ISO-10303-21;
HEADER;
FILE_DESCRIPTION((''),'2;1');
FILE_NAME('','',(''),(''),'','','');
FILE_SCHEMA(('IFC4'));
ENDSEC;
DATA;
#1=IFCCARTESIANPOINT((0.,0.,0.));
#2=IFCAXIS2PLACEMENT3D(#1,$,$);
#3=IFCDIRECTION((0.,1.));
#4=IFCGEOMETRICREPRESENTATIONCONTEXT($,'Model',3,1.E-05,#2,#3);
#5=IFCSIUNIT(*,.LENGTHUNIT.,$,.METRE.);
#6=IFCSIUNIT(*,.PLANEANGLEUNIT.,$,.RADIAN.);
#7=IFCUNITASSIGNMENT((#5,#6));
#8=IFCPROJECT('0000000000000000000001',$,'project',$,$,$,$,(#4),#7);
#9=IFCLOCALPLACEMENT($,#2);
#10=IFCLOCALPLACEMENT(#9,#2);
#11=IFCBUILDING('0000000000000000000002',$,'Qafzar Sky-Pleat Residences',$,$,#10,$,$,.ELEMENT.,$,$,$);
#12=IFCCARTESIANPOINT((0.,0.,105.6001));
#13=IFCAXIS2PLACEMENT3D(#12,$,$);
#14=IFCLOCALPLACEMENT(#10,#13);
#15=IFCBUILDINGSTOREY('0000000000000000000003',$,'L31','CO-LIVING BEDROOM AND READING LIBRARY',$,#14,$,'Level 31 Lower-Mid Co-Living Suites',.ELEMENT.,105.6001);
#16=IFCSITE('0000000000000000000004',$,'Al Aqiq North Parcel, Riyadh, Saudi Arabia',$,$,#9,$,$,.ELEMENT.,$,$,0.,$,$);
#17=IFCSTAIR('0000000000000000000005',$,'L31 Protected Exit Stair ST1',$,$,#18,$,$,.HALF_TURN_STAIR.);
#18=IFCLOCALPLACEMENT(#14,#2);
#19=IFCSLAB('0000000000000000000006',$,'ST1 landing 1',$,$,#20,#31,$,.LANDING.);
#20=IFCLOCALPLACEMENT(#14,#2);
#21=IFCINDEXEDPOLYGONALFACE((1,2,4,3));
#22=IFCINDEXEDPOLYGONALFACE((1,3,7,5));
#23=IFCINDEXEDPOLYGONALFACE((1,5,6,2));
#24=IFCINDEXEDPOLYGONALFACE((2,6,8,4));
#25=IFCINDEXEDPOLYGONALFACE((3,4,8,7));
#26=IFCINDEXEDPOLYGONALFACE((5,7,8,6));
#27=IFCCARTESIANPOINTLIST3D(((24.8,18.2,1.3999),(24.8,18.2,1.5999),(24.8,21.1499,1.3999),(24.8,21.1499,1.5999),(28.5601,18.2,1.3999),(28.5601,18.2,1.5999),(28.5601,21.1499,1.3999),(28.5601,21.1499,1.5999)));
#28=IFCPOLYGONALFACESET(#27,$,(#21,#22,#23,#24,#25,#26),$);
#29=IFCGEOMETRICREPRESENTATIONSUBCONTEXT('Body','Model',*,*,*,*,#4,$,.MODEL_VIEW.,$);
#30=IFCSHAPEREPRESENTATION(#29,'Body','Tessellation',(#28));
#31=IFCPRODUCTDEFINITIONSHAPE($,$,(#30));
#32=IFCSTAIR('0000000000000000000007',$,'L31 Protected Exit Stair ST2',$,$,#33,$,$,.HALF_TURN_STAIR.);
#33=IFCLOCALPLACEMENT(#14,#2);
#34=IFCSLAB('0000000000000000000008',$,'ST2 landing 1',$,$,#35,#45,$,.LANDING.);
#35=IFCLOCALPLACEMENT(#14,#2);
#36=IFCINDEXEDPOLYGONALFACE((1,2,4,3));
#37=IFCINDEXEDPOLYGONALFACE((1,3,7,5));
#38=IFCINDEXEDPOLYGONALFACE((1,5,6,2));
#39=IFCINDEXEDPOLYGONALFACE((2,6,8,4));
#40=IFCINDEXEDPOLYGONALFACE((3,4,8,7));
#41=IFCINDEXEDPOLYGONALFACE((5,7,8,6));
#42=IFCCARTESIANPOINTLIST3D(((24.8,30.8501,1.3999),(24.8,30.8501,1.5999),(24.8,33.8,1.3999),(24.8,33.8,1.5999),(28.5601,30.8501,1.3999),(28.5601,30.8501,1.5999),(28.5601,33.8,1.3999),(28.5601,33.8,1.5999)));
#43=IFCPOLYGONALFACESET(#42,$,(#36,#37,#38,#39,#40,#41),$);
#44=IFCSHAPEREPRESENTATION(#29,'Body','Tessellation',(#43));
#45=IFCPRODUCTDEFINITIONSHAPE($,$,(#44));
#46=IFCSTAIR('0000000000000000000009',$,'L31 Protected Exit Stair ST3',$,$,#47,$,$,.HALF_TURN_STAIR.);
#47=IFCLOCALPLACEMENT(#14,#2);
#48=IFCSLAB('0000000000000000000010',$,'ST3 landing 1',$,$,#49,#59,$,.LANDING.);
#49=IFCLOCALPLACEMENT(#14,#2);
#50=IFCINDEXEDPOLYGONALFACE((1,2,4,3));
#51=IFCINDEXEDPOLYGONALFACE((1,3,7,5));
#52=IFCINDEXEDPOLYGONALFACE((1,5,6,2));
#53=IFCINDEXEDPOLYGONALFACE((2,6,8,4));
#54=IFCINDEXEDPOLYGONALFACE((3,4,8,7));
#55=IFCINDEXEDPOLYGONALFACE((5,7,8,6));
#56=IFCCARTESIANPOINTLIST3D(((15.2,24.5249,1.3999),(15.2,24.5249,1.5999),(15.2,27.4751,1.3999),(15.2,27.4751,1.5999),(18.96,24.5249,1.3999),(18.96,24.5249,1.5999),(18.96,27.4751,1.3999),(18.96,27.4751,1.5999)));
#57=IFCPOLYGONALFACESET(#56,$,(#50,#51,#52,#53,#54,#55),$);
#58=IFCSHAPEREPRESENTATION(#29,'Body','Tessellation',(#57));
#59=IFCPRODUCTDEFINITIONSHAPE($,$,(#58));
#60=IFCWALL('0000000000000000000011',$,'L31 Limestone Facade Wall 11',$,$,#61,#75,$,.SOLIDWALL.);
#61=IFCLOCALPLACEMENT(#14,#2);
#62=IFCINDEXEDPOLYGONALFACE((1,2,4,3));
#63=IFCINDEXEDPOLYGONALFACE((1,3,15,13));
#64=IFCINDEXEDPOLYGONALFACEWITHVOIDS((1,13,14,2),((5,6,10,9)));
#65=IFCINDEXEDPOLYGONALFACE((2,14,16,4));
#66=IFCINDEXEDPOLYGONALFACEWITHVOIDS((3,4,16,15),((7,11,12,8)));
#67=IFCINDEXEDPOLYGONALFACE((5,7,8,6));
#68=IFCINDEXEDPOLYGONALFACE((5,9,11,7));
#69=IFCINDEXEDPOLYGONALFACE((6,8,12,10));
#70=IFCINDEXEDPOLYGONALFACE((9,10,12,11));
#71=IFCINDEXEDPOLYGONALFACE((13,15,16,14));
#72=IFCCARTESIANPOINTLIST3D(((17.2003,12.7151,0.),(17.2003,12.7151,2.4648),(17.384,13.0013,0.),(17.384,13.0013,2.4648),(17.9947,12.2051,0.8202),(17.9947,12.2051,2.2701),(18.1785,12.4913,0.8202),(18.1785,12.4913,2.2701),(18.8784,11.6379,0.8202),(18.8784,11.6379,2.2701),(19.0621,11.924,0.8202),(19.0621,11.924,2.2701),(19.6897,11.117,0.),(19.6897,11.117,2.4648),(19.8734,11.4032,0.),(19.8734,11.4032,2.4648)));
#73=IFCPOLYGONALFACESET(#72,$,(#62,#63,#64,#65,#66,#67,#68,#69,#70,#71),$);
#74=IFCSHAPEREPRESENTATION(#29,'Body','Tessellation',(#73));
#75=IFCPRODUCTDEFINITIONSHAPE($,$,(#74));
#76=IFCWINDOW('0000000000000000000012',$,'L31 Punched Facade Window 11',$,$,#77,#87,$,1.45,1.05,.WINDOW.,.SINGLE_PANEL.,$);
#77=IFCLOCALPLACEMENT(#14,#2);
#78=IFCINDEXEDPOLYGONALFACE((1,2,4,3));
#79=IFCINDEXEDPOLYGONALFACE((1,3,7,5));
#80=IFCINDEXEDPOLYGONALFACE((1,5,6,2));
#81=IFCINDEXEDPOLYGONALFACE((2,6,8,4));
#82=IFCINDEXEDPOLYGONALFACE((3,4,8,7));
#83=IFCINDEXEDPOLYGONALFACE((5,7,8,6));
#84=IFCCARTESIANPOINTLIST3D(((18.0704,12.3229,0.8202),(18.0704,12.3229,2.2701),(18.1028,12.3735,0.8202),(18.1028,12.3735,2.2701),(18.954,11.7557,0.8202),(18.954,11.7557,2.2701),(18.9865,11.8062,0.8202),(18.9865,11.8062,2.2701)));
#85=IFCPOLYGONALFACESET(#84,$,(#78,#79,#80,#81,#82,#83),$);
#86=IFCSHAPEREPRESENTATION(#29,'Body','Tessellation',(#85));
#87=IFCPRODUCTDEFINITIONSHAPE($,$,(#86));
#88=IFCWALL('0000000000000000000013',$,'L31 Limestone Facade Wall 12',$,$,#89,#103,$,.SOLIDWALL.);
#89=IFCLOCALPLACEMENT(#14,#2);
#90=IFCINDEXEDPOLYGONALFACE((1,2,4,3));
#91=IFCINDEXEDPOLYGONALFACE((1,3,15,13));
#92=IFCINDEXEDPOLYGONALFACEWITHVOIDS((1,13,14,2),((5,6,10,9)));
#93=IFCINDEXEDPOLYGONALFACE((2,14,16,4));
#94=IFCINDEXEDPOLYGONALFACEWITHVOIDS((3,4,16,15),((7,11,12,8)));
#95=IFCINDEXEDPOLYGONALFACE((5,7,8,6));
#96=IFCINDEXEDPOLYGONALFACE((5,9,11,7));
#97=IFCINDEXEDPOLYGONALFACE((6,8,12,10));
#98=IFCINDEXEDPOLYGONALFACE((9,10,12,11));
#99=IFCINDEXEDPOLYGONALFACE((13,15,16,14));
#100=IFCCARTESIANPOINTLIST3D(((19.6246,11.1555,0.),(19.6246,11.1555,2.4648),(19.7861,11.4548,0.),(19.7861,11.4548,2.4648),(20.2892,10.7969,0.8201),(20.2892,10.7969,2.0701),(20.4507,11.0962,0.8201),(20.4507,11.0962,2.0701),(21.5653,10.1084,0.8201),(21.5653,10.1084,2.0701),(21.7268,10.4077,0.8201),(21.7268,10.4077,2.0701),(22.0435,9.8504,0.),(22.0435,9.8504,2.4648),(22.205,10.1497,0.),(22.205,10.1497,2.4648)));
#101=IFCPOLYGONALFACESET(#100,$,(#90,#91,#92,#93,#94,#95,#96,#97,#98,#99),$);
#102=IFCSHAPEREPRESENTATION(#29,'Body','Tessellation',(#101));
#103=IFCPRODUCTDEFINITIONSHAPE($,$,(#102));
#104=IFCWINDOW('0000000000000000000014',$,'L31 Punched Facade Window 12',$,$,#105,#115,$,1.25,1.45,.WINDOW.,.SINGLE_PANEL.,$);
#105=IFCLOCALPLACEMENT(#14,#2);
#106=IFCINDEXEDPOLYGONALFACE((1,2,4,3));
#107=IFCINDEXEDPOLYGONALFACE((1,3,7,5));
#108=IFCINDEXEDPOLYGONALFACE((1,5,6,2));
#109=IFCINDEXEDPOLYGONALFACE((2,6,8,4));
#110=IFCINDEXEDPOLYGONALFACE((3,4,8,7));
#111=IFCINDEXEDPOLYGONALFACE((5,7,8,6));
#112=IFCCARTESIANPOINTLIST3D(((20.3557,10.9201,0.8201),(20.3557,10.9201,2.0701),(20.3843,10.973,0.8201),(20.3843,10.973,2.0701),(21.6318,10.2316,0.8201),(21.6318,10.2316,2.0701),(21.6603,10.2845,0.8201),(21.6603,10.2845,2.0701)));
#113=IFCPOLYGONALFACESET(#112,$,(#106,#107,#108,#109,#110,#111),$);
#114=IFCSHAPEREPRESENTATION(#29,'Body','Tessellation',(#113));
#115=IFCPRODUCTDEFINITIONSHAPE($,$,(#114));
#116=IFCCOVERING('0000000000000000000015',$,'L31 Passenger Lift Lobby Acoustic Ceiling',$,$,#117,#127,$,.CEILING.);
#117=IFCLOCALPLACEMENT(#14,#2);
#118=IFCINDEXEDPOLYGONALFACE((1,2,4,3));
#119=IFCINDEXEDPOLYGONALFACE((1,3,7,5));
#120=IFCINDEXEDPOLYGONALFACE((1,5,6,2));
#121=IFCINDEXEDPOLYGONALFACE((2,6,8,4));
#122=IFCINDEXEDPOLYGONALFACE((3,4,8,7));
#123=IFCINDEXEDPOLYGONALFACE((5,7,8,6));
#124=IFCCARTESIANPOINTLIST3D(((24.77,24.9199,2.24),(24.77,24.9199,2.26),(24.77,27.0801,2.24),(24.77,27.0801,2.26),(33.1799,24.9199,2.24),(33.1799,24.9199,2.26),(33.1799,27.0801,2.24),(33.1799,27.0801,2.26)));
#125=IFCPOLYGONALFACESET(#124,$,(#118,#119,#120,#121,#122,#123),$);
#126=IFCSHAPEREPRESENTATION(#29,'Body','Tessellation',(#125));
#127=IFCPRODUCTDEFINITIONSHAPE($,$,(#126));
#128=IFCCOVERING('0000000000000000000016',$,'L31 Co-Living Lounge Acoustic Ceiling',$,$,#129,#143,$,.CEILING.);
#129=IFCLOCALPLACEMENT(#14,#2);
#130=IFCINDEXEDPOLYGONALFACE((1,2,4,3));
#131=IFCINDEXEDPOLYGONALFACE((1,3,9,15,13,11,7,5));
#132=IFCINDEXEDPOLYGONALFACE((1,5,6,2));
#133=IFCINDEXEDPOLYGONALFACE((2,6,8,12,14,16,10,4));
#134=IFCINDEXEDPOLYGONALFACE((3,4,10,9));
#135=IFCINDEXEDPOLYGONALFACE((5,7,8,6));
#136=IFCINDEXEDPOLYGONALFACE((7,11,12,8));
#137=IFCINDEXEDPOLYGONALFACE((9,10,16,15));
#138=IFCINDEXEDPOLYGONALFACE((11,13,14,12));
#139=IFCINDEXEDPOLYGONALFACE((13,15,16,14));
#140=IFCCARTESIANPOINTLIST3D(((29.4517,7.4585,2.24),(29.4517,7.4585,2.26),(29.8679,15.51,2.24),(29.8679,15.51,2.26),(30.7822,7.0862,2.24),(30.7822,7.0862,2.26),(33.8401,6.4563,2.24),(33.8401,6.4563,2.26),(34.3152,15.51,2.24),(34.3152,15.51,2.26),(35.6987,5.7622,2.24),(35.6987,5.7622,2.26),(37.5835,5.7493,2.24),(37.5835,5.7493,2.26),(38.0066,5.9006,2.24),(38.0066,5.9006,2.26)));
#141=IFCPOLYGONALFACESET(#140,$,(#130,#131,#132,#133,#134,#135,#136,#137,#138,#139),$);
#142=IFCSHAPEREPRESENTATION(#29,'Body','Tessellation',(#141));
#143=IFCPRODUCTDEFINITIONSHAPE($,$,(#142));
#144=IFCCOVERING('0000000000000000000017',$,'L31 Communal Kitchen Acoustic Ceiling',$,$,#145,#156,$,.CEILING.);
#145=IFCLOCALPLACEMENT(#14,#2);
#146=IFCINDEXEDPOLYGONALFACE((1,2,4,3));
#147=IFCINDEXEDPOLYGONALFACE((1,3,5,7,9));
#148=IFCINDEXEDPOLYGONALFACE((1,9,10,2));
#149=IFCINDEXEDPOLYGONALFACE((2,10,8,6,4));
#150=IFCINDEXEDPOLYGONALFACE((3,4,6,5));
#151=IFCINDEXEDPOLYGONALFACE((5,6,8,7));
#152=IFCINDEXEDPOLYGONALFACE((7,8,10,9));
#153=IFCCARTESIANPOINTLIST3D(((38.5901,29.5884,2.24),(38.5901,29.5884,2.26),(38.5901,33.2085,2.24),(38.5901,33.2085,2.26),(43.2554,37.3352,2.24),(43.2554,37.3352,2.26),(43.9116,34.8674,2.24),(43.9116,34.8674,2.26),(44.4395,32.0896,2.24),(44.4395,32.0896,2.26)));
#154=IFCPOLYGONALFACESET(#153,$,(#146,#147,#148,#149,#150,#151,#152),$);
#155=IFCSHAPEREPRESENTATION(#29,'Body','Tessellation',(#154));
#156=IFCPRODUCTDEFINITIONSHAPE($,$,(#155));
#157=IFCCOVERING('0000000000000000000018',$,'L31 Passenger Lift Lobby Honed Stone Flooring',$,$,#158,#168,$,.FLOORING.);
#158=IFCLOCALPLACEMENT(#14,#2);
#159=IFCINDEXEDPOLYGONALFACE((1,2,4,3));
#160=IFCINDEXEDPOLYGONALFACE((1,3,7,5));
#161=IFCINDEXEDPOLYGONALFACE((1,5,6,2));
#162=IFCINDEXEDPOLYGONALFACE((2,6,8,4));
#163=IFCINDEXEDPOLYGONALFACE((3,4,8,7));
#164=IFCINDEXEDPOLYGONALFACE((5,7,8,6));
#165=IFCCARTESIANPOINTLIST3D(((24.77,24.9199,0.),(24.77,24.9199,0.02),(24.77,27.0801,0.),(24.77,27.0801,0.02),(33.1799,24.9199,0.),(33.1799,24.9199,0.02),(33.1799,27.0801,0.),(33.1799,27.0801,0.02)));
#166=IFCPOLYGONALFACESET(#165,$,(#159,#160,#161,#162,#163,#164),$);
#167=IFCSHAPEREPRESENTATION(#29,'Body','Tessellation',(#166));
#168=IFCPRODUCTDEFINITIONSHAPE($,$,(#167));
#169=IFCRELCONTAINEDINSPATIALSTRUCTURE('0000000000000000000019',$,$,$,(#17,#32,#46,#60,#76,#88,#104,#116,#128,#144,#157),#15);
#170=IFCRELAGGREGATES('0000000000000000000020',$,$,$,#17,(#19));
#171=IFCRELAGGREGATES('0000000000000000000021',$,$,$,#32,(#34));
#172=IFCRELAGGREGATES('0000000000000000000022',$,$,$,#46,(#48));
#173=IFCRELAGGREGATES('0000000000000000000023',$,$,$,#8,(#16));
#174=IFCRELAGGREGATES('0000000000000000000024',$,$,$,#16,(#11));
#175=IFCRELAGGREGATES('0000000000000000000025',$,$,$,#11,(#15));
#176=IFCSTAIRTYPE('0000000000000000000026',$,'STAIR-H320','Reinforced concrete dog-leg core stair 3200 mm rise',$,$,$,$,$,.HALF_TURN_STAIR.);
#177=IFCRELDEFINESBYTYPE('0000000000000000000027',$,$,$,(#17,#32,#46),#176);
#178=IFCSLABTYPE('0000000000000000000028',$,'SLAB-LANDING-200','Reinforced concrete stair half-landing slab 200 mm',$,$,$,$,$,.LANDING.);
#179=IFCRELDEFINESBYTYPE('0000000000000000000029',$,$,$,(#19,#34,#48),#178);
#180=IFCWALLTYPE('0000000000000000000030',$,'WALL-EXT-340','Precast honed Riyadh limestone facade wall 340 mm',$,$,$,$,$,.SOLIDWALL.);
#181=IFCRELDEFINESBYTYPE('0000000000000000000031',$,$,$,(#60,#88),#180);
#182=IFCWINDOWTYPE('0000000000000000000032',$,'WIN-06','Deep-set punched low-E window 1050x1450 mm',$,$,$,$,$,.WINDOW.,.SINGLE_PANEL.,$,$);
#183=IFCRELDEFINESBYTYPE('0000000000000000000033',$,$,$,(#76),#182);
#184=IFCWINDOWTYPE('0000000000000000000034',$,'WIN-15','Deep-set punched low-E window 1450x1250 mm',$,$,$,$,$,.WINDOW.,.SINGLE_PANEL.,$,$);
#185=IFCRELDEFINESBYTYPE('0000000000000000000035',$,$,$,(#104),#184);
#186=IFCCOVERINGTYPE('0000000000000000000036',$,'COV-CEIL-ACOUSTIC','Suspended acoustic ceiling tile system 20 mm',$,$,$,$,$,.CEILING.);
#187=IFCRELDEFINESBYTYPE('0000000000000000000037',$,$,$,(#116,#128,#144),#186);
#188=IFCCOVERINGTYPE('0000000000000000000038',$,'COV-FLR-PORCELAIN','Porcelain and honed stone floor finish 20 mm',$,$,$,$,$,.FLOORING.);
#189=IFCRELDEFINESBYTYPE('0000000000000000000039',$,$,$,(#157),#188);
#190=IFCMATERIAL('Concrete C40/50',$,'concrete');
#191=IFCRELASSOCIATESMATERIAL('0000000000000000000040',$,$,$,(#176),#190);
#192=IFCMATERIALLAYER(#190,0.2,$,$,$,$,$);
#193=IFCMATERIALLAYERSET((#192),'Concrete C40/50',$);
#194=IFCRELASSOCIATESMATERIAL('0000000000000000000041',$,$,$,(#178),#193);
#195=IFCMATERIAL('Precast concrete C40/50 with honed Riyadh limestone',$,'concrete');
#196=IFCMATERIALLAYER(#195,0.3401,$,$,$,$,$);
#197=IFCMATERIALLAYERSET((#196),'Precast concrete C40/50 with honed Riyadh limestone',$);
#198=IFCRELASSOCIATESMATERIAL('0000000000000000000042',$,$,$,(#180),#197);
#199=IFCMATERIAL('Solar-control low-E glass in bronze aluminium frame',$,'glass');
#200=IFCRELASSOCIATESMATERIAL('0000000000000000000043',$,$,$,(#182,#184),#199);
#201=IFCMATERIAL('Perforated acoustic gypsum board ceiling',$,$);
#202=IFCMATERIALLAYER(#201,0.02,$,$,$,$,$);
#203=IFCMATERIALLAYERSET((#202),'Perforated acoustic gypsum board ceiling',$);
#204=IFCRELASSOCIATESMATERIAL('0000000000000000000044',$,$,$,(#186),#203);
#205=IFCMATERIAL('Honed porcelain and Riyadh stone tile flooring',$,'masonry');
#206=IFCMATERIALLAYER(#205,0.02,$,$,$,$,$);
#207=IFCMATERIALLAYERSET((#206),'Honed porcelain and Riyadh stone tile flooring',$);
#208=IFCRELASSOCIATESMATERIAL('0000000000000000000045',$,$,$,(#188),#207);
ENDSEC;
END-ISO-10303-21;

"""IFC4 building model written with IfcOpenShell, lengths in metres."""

from ifc_helpers import new_model, si_unit, direction, frame, frame_2d, origin, place, context, subcontext, project, spatial, polyline, rectangle, outline, extrude, source, transform, mapped, material, layer, layer_set, type_object, element, fill, aggregate, save


model = new_model("IFC4")

# Units and contexts
model_context = context("Model", 3, precision=1e-05, world=origin(), true_north=direction((0.0, 1.0)))
body_context = subcontext(model_context, "Body", "Model", "MODEL_VIEW")
ifc_project = project(units=[si_unit("LENGTHUNIT", "METRE"), si_unit("PLANEANGLEUNIT", "RADIAN")], contexts=[model_context])

# Site, building, storey
site_placement = place(None, origin())
site = spatial("IfcSite", under=ifc_project, at=site_placement, Name="Al Aqiq North Parcel, Riyadh, Saudi Arabia", CompositionType="ELEMENT", RefElevation=0.0)
building_placement = place(site_placement, origin())
building = spatial("IfcBuilding", under=site, at=building_placement, Name="Qafzar Sky-Pleat Residences", CompositionType="ELEMENT")
storey_placement = place(building_placement, frame((0.0, 0.0, 105.6001)))
storey = spatial("IfcBuildingStorey", under=building, at=storey_placement, Name="L31", Description="CO-LIVING BEDROOM AND READING LIBRARY", LongName="Level 31 Lower-Mid Co-Living Suites", CompositionType="ELEMENT", Elevation=105.6001)

# Shared definitions
ifc_material_1 = material(Name="Concrete C40/50", Category="concrete")

# Stairs, slabs
stair_type = type_object("IfcStairType", Name="STAIR-H320", Description="Reinforced concrete dog-leg core stair 3200 mm rise", PredefinedType="HALF_TURN_STAIR", material=ifc_material_1)
stair_1_placement = place(storey_placement, origin())
stair_1 = element("IfcStair", 1, at=stair_1_placement, inside=storey, type_object=stair_type, Name="L31 Protected Exit Stair ST1", PredefinedType="HALF_TURN_STAIR")
ifc_layer_1 = layer(ifc_material_1, 0.2)
ifc_layer_set_1 = layer_set([ifc_layer_1], Name="Concrete C40/50")
slab_type_1 = type_object("IfcSlabType", Name="SLAB-LANDING-200", Description="Reinforced concrete stair half-landing slab 200 mm", PredefinedType="LANDING", material=ifc_layer_set_1)
slab_1_placement = place(storey_placement, frame((0.0, 0.0, 1.3999)))
slab_1 = element("IfcSlab", 2, at=slab_1_placement, type_object=slab_type_1, Name="ST1 landing 1", PredefinedType="LANDING", context=body_context, shape_type="SweptSolid", body=[
    extrude(outline(polyline([(28.5601, 21.1499), (24.8, 21.1499), (24.8, 18.2), (28.5601, 18.2), (28.5601, 21.1499)])), origin(), (0.0, 0.0, 1.0), 0.2),
])
aggregate(stair_1, [slab_1])
stair_2_placement = place(storey_placement, origin())
stair_2 = element("IfcStair", 3, at=stair_2_placement, inside=storey, type_object=stair_type, Name="L31 Protected Exit Stair ST2", PredefinedType="HALF_TURN_STAIR")
slab_2_placement = place(storey_placement, frame((0.0, 0.0, 1.3999)))
slab_2 = element("IfcSlab", 4, at=slab_2_placement, type_object=slab_type_1, Name="ST2 landing 1", PredefinedType="LANDING", context=body_context, shape_type="SweptSolid", body=[
    extrude(outline(polyline([(28.5601, 33.8), (24.8, 33.8), (24.8, 30.8501), (28.5601, 30.8501), (28.5601, 33.8)])), origin(), (0.0, 0.0, 1.0), 0.2),
])
aggregate(stair_2, [slab_2])
stair_3_placement = place(storey_placement, origin())
stair_3 = element("IfcStair", 5, at=stair_3_placement, inside=storey, type_object=stair_type, Name="L31 Protected Exit Stair ST3", PredefinedType="HALF_TURN_STAIR")
slab_3_placement = place(storey_placement, frame((0.0, 0.0, 1.3999)))
slab_3 = element("IfcSlab", 6, at=slab_3_placement, type_object=slab_type_1, Name="ST3 landing 1", PredefinedType="LANDING", context=body_context, shape_type="SweptSolid", body=[
    extrude(outline(polyline([(18.96, 27.4751), (15.2, 27.4751), (15.2, 24.5249), (18.96, 24.5249), (18.96, 27.4751)])), origin(), (0.0, 0.0, 1.0), 0.2),
])
aggregate(stair_3, [slab_3])

# Walls, openings, windows
ifc_material_2 = material(Name="Precast concrete C40/50 with honed Riyadh limestone", Category="concrete")
ifc_layer_2 = layer(ifc_material_2, 0.3401)
ifc_layer_set_2 = layer_set([ifc_layer_2], Name="Precast concrete C40/50 with honed Riyadh limestone")
wall_type = type_object("IfcWallType", Name="WALL-EXT-340", Description="Precast honed Riyadh limestone facade wall 340 mm", PredefinedType="SOLIDWALL", material=ifc_layer_set_2)
wall_1_placement = place(storey_placement, frame((17.2922, 12.8582, 0.0), z_axis=(0.0, 0.0, 1.0), x_axis=(0.841524, -0.540219, 0.0)))
wall_1 = element("IfcWall", 7, at=wall_1_placement, inside=storey, type_object=wall_type, Name="L31 Limestone Facade Wall 11", PredefinedType="SOLIDWALL", context=body_context, shape_type="SweptSolid", body=[
    extrude(rectangle(XDim=2.9583, YDim=0.3401, at=frame_2d((1.479, 0.0))), origin(), (0.0, 0.0, 1.0), 2.4648),
])
opening_1_placement = place(wall_1_placement, frame((0.9441, 0.0, 0.8201)))
opening_1 = element("IfcOpeningElement", 8, at=opening_1_placement, cuts=wall_1, PredefinedType="OPENING", context=body_context, shape_type="SweptSolid", body=[
    extrude(rectangle(XDim=1.05, YDim=1.45, at=frame_2d((0.5249, 0.7251))), frame((0.0, 0.1802, 0.0), z_axis=(0.0, -1.0, 0.0), x_axis=(1.0, 0.0, 0.0)), (0.0, 0.0, 1.0), 0.3601),
])
ifc_material_3 = material(Name="Solar-control low-E glass in bronze aluminium frame", Category="glass")
window_type_1 = type_object("IfcWindowType", Name="WIN-06", Description="Deep-set punched low-E window 1050x1450 mm", PartitioningType="SINGLE_PANEL", PredefinedType="WINDOW", material=ifc_material_3)
shared_shape_1 = source(origin(), body_context, "Body", "SweptSolid", [
    extrude(rectangle(XDim=1.05, YDim=1.45, at=frame_2d((0.5249, 0.7251))), frame((0.0, 0.03, 0.0), z_axis=(0.0, -1.0, 0.0), x_axis=(1.0, 0.0, 0.0)), (0.0, 0.0, 1.0), 0.0601),
])
window_1_placement = place(opening_1_placement, origin())
window_1 = element("IfcWindow", 9, at=window_1_placement, inside=storey, type_object=window_type_1, Name="L31 Punched Facade Window 11", OverallHeight=1.45, OverallWidth=1.05, PartitioningType="SINGLE_PANEL", PredefinedType="WINDOW", context=body_context, shape_type="MappedRepresentation", body=[
    mapped(shared_shape_1, transform((0.0, 0.0, 0.0), x_axis=(1.0, 0.0, 0.0), y_axis=(0.0, 1.0, 0.0), z_axis=(0.0, 0.0, 1.0), scale=1.0)),
])
fill(opening_1, window_1)
wall_2_placement = place(storey_placement, frame((19.7053, 11.3052, 0.0), z_axis=(0.0, 0.0, 1.0), x_axis=(0.880066, -0.474852, 0.0)))
wall_2 = element("IfcWall", 10, at=wall_2_placement, inside=storey, type_object=wall_type, Name="L31 Limestone Facade Wall 12", PredefinedType="SOLIDWALL", context=body_context, shape_type="SweptSolid", body=[
    extrude(rectangle(XDim=2.7485, YDim=0.3401, at=frame_2d((1.3743, 0.0))), origin(), (0.0, 0.0, 1.0), 2.4648),
])
opening_2_placement = place(wall_2_placement, frame((0.7551, 0.0, 0.8201)))
opening_2 = element("IfcOpeningElement", 11, at=opening_2_placement, cuts=wall_2, PredefinedType="OPENING", context=body_context, shape_type="SweptSolid", body=[
    extrude(rectangle(XDim=1.45, YDim=1.25, at=frame_2d((0.7251, 0.625))), frame((0.0, 0.1802, 0.0), z_axis=(0.0, -1.0, 0.0), x_axis=(1.0, 0.0, 0.0)), (0.0, 0.0, 1.0), 0.3601),
])
window_type_2 = type_object("IfcWindowType", Name="WIN-15", Description="Deep-set punched low-E window 1450x1250 mm", PartitioningType="SINGLE_PANEL", PredefinedType="WINDOW", material=ifc_material_3)
shared_shape_2 = source(origin(), body_context, "Body", "SweptSolid", [
    extrude(rectangle(XDim=1.45, YDim=1.25, at=frame_2d((0.7251, 0.625))), frame((0.0, 0.03, 0.0), z_axis=(0.0, -1.0, 0.0), x_axis=(1.0, 0.0, 0.0)), (0.0, 0.0, 1.0), 0.0601),
])
window_2_placement = place(opening_2_placement, origin())
window_2 = element("IfcWindow", 12, at=window_2_placement, inside=storey, type_object=window_type_2, Name="L31 Punched Facade Window 12", OverallHeight=1.25, OverallWidth=1.45, PartitioningType="SINGLE_PANEL", PredefinedType="WINDOW", context=body_context, shape_type="MappedRepresentation", body=[
    mapped(shared_shape_2, transform((0.0, 0.0, 0.0), x_axis=(1.0, 0.0, 0.0), y_axis=(0.0, 1.0, 0.0), z_axis=(0.0, 0.0, 1.0), scale=1.0)),
])
fill(opening_2, window_2)

# Coverings
ifc_material_4 = material(Name="Perforated acoustic gypsum board ceiling")
ifc_layer_3 = layer(ifc_material_4, 0.02)
ifc_layer_set_3 = layer_set([ifc_layer_3], Name="Perforated acoustic gypsum board ceiling")
covering_type_1 = type_object("IfcCoveringType", Name="COV-CEIL-ACOUSTIC", Description="Suspended acoustic ceiling tile system 20 mm", PredefinedType="CEILING", material=ifc_layer_set_3)
covering_1_placement = place(storey_placement, frame((0.0, 0.0, 2.24)))
element("IfcCovering", 13, at=covering_1_placement, inside=storey, type_object=covering_type_1, Name="L31 Passenger Lift Lobby Acoustic Ceiling", PredefinedType="CEILING", context=body_context, shape_type="SweptSolid", body=[
    extrude(outline(polyline([(33.1799, 24.9199), (24.77, 24.9199), (24.77, 27.0801), (33.1799, 27.0801), (33.1799, 24.9199)])), origin(), (0.0, 0.0, 1.0), 0.02),
])
covering_2_placement = place(storey_placement, frame((0.0, 0.0, 2.24)))
element("IfcCovering", 14, at=covering_2_placement, inside=storey, type_object=covering_type_1, Name="L31 Co-Living Lounge Acoustic Ceiling", PredefinedType="CEILING", context=body_context, shape_type="SweptSolid", body=[
    extrude(outline(polyline([(37.5835, 5.7493), (35.6987, 5.7622), (33.8401, 6.4563), (30.7822, 7.0862), (29.4517, 7.4585), (29.8679, 15.51), (34.3152, 15.51), (38.0066, 5.9006), (37.5835, 5.7493)])), origin(), (0.0, 0.0, 1.0), 0.02),
])
covering_3_placement = place(storey_placement, frame((0.0, 0.0, 2.24)))
element("IfcCovering", 15, at=covering_3_placement, inside=storey, type_object=covering_type_1, Name="L31 Communal Kitchen Acoustic Ceiling", PredefinedType="CEILING", context=body_context, shape_type="SweptSolid", body=[
    extrude(outline(polyline([(43.9116, 34.8674), (44.4395, 32.0896), (38.5901, 29.5884), (38.5901, 33.2085), (43.2554, 37.3352), (43.9116, 34.8674)])), origin(), (0.0, 0.0, 1.0), 0.02),
])
ifc_material_5 = material(Name="Honed porcelain and Riyadh stone tile flooring", Category="masonry")
ifc_layer_4 = layer(ifc_material_5, 0.02)
ifc_layer_set_4 = layer_set([ifc_layer_4], Name="Honed porcelain and Riyadh stone tile flooring")
covering_type_2 = type_object("IfcCoveringType", Name="COV-FLR-PORCELAIN", Description="Porcelain and honed stone floor finish 20 mm", PredefinedType="FLOORING", material=ifc_layer_set_4)
covering_4_placement = place(storey_placement, origin())
element("IfcCovering", 16, at=covering_4_placement, inside=storey, type_object=covering_type_2, Name="L31 Passenger Lift Lobby Honed Stone Flooring", PredefinedType="FLOORING", context=body_context, shape_type="SweptSolid", body=[
    extrude(outline(polyline([(33.1799, 24.9199), (24.77, 24.9199), (24.77, 27.0801), (33.1799, 27.0801), (33.1799, 24.9199)])), origin(), (0.0, 0.0, 1.0), 0.02),
])

save(model, "model.ifc")
